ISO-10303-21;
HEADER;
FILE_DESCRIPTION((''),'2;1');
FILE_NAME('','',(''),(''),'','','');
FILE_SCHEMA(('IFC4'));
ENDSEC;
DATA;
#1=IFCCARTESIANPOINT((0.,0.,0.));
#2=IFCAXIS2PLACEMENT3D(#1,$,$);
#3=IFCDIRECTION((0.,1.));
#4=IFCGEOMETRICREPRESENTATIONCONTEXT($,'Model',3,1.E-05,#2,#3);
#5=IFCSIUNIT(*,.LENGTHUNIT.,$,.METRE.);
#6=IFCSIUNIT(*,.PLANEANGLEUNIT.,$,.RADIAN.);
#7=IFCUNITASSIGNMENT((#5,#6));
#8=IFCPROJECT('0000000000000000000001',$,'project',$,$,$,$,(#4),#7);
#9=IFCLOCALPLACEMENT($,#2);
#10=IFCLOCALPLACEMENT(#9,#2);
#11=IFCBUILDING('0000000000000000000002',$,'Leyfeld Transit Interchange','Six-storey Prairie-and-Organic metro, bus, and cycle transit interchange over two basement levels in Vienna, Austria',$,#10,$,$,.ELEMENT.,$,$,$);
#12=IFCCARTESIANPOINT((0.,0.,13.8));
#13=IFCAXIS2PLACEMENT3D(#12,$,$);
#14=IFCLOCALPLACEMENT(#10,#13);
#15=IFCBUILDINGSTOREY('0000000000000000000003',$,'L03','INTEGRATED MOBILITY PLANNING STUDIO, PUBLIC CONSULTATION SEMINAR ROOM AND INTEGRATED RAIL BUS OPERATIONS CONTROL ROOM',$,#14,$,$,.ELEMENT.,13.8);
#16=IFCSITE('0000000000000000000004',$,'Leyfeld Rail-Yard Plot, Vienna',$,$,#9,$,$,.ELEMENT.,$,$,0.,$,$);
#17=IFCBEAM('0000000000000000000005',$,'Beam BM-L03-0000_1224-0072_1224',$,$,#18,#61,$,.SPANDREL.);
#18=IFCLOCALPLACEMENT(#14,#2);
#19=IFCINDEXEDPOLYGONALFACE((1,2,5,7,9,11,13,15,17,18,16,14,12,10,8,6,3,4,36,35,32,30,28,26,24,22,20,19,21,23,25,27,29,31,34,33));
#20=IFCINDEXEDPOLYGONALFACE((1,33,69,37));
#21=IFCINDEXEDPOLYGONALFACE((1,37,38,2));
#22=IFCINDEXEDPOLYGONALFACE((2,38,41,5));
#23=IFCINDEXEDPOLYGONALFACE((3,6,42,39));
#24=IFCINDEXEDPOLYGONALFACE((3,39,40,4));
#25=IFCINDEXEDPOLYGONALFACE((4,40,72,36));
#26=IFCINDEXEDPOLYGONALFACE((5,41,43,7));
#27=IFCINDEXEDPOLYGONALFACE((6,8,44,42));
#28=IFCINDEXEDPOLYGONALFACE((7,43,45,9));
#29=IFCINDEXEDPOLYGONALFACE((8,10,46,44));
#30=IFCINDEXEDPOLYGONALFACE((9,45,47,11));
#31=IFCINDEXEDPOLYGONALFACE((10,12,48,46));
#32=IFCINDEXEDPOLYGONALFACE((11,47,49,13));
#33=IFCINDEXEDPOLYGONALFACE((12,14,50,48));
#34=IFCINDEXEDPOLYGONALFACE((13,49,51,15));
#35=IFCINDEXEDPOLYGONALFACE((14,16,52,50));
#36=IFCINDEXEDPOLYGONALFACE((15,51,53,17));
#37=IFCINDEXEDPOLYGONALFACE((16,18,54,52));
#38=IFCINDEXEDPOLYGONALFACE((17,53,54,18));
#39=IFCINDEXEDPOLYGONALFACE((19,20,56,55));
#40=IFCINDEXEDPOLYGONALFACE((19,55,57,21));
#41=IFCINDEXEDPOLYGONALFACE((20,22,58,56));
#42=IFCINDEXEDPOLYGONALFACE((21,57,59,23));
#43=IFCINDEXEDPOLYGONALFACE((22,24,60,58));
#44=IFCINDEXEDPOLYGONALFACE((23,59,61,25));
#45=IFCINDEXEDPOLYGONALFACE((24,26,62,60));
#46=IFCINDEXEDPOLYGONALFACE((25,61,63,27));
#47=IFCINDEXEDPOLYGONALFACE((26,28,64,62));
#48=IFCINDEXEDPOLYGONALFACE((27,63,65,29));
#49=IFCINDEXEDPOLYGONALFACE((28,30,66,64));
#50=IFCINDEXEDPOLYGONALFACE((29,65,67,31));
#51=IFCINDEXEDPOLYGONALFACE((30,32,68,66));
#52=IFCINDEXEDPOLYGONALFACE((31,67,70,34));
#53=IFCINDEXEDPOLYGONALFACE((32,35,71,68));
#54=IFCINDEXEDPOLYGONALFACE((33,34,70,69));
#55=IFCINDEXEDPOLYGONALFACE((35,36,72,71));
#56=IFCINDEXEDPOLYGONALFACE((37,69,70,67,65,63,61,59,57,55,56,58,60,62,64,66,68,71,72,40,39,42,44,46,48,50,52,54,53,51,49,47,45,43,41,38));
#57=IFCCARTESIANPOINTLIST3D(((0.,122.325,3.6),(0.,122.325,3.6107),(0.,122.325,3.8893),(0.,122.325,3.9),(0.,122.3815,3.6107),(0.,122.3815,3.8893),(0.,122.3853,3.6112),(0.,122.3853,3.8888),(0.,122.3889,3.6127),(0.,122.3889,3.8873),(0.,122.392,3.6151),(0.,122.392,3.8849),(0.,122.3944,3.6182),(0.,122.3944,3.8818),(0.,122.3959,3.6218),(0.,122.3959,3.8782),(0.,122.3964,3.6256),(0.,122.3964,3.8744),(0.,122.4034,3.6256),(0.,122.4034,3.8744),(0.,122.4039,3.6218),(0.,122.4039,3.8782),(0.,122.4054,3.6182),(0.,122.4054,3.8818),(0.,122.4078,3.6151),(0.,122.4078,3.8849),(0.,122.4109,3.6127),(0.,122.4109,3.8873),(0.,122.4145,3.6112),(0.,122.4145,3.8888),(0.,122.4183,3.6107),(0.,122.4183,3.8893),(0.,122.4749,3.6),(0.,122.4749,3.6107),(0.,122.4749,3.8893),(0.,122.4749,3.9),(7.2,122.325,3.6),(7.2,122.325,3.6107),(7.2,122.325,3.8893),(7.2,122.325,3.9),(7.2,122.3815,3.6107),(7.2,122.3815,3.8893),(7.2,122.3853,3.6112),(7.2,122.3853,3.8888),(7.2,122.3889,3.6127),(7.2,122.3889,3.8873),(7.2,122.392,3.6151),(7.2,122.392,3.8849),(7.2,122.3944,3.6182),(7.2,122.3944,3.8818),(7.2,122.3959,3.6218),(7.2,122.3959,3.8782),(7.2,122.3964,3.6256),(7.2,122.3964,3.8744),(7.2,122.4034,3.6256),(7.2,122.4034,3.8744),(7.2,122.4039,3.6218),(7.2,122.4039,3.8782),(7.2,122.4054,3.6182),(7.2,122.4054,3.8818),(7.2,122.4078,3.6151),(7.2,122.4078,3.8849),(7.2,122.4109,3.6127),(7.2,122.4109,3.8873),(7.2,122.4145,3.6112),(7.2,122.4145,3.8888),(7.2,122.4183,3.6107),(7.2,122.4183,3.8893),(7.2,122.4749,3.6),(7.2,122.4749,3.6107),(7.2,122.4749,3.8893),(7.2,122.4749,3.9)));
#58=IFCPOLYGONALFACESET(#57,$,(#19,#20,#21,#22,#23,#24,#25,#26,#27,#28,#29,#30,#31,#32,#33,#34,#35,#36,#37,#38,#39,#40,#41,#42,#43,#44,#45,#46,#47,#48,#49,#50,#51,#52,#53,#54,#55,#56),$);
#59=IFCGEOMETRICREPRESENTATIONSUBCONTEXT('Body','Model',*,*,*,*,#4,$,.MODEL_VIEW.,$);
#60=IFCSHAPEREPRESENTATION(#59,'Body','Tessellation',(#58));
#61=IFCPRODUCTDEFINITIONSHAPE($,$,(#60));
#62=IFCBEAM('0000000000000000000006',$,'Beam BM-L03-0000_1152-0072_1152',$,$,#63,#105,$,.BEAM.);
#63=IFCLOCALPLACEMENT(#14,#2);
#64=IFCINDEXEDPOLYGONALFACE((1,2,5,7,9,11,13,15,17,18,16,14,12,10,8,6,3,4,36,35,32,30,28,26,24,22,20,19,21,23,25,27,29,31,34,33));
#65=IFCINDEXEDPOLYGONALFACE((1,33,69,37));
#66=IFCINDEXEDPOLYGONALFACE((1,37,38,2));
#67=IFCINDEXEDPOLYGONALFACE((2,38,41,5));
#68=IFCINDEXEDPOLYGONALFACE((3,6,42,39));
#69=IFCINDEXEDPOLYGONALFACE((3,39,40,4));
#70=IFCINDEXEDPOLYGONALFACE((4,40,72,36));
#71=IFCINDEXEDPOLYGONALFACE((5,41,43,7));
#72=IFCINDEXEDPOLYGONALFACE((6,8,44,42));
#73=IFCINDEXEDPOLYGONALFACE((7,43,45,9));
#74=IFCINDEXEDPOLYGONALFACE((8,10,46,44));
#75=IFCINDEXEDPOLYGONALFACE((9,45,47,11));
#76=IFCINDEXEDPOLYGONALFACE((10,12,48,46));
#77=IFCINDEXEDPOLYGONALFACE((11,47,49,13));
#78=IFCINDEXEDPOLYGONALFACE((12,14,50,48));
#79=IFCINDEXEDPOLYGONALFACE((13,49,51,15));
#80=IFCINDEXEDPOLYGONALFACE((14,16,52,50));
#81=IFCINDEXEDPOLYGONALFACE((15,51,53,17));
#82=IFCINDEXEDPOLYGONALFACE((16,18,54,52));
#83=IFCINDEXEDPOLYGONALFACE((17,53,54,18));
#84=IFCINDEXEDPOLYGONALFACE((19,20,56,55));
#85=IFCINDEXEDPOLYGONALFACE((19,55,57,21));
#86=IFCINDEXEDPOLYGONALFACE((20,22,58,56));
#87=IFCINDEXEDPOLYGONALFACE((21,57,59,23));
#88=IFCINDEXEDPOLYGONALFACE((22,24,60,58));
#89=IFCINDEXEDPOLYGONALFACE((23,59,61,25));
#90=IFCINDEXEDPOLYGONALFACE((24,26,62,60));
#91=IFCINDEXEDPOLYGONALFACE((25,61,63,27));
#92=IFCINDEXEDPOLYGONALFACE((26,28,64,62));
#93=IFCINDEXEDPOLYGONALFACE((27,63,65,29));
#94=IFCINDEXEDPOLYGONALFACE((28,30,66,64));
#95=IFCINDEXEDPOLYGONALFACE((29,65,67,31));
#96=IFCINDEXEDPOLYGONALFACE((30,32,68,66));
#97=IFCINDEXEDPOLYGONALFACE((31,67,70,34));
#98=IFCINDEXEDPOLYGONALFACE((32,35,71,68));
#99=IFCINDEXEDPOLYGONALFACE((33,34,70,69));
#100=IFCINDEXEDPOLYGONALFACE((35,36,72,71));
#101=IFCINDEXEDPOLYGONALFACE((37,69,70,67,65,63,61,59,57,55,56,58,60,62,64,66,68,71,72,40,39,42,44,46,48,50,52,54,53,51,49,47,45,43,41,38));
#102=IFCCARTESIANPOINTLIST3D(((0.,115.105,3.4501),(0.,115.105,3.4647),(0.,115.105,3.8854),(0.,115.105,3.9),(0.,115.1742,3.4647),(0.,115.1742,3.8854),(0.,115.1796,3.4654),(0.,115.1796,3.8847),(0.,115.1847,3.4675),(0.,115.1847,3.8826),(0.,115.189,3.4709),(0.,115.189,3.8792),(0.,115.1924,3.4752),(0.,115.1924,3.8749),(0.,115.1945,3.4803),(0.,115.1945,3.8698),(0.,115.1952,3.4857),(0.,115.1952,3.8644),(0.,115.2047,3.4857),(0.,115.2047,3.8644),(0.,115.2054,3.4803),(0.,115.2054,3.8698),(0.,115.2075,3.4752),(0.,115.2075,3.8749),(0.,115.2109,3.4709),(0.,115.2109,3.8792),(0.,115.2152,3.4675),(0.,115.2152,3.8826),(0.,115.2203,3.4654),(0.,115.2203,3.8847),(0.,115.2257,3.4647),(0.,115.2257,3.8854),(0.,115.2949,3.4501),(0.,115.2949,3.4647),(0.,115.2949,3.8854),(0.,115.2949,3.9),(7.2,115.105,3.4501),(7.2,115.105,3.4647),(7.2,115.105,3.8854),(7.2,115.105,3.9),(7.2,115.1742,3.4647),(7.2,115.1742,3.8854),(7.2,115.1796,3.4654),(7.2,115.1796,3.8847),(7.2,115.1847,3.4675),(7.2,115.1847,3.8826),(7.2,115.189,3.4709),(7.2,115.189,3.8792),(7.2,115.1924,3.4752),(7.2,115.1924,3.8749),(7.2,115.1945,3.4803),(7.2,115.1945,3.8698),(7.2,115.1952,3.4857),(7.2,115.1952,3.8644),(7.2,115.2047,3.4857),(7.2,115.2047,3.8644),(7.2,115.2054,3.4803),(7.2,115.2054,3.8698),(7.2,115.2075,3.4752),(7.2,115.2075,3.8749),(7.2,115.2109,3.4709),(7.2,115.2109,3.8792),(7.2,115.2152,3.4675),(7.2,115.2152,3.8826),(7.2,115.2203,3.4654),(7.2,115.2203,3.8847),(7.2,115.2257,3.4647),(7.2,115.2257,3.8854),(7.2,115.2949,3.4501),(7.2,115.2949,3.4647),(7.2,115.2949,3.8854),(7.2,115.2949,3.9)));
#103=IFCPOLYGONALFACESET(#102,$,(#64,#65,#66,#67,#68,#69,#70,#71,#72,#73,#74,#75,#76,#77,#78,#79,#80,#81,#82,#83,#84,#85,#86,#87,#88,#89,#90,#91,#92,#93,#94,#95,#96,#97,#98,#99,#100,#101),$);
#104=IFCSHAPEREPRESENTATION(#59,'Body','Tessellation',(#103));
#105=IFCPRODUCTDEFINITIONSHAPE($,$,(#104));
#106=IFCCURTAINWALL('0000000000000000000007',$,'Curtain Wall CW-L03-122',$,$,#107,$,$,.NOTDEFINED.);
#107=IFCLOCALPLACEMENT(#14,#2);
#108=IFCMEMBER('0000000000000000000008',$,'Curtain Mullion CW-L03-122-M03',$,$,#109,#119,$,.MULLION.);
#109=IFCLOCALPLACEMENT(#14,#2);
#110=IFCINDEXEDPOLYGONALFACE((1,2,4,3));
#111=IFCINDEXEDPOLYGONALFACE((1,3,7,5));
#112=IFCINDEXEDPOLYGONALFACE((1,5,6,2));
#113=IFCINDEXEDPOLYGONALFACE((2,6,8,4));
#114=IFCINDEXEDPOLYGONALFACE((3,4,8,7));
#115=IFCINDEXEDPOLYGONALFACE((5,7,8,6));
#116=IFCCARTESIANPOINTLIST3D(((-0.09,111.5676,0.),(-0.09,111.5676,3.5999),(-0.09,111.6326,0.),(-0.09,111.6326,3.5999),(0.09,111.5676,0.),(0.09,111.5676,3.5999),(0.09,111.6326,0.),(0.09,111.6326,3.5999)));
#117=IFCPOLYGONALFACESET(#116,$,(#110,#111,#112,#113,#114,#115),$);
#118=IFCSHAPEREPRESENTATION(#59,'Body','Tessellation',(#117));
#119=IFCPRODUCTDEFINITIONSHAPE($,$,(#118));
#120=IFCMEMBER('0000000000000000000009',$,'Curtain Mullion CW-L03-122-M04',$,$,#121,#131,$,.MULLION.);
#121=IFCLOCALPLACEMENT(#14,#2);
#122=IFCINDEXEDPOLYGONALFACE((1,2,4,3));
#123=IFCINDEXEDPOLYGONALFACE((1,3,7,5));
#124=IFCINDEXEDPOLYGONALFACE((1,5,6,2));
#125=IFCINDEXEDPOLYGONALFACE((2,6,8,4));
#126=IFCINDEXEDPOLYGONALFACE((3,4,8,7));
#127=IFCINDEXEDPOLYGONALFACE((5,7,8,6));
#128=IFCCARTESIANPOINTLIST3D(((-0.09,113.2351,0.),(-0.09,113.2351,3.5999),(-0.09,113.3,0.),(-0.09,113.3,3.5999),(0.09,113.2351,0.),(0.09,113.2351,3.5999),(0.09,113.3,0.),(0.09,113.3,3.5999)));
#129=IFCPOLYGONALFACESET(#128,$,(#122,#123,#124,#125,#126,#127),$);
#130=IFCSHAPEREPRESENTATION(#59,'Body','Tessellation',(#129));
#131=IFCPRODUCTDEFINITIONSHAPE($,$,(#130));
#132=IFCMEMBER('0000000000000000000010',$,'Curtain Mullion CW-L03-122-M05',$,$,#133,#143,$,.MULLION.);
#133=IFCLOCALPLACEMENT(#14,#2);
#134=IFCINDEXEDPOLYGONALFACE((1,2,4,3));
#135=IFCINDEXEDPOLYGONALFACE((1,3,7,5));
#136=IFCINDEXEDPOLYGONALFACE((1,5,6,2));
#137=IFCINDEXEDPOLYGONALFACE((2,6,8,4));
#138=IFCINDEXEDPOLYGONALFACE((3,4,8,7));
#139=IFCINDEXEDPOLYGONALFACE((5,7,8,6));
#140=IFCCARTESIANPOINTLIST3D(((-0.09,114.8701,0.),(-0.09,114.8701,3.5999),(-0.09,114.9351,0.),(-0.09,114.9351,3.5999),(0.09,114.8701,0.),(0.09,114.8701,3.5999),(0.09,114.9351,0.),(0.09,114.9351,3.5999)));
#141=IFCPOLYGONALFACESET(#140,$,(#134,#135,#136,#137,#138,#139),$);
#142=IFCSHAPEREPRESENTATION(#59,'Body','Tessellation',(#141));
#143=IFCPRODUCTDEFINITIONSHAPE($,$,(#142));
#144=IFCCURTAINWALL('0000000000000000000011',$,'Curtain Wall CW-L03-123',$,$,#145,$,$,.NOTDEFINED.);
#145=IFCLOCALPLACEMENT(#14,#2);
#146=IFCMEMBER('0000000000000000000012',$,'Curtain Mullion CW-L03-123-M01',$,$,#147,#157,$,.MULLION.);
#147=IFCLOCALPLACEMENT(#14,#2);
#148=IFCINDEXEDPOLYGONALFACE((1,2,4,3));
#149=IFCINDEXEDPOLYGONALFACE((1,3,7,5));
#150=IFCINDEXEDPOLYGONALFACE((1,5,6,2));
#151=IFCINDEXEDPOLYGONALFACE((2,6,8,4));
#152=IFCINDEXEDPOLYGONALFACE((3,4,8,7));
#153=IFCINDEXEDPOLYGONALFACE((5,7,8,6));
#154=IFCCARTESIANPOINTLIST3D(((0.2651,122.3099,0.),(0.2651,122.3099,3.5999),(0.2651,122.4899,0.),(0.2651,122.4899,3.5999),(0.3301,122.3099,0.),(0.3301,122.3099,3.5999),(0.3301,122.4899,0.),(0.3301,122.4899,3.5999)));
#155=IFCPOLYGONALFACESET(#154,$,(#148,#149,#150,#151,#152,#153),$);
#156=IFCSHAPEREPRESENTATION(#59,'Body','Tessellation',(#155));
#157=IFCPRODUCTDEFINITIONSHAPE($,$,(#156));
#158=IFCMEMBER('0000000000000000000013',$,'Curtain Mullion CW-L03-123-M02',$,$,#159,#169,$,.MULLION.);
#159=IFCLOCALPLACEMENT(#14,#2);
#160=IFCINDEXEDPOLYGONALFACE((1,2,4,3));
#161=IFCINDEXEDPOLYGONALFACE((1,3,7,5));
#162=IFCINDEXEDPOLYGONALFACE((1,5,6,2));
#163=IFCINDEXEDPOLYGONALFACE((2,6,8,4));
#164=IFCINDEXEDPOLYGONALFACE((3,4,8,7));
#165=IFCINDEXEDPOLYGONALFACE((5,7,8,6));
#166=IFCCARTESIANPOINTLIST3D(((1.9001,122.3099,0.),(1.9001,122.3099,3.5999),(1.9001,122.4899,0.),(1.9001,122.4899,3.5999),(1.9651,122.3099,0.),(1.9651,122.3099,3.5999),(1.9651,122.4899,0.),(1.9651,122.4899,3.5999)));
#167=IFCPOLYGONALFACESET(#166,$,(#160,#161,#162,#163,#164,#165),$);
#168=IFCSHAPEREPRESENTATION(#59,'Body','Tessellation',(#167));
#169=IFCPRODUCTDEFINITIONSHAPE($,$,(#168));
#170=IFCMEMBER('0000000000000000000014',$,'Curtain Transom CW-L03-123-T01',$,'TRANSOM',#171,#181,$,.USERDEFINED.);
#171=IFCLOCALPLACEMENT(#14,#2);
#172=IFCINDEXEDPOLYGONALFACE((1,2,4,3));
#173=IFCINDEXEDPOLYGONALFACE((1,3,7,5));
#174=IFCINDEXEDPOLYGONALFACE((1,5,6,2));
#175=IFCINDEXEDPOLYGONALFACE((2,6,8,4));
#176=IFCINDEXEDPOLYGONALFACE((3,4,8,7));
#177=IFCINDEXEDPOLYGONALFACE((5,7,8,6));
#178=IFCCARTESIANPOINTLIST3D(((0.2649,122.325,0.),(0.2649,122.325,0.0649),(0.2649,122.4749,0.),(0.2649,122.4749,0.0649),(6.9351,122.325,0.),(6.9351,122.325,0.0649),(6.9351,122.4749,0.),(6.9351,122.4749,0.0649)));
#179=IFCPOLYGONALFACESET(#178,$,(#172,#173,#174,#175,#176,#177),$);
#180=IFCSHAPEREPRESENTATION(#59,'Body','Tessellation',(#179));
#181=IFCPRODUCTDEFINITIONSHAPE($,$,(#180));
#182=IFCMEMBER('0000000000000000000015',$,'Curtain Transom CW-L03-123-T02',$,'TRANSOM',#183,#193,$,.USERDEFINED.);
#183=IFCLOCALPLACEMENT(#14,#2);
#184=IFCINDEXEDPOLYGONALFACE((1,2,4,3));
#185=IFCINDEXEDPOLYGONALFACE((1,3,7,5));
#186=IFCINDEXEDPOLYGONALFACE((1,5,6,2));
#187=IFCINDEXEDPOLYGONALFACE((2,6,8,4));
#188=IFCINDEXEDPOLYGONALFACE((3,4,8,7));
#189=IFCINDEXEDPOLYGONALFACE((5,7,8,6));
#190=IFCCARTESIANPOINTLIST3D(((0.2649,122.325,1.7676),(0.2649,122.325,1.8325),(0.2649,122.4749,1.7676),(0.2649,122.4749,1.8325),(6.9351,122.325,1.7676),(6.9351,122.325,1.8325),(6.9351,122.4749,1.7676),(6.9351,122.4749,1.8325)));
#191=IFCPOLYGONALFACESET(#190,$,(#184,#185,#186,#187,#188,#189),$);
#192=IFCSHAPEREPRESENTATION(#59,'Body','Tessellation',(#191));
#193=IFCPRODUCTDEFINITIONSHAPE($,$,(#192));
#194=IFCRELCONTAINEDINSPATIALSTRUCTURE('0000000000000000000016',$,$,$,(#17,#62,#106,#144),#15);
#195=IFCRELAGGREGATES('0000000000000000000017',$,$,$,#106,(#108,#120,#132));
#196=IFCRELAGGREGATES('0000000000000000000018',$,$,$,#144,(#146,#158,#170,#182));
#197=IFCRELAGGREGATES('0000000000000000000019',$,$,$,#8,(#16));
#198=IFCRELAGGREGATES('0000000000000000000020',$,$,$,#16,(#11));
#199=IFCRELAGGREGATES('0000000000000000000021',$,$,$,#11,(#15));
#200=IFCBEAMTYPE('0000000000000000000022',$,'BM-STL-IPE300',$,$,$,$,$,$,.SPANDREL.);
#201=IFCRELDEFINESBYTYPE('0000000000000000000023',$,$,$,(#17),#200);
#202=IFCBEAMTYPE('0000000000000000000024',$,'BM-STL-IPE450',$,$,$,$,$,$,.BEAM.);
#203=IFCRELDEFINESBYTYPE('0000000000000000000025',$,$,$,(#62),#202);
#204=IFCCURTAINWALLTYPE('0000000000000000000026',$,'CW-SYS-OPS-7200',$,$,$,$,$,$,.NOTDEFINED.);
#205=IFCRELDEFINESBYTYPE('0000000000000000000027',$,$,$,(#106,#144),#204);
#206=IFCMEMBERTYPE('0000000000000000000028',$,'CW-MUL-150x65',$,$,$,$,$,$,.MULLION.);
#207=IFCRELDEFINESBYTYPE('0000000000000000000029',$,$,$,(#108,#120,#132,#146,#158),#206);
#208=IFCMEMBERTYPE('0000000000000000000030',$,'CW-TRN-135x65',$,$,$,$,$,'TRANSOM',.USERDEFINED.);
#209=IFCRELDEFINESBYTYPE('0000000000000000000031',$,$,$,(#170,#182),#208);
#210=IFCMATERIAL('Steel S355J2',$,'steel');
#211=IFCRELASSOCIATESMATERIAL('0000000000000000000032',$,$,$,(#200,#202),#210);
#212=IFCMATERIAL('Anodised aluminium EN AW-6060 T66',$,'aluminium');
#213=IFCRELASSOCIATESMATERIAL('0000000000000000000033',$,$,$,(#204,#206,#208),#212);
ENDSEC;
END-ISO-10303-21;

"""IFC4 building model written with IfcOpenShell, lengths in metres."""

from ifc_helpers import new_model, si_unit, direction, frame, origin, origin_2d, place, context, subcontext, project, spatial, rectangle, i_section, extrude, material, material_profile, profile_set, type_object, element, aggregate, save


model = new_model("IFC4")

# Units and contexts
model_context = context("Model", 3, precision=1e-05, world=origin(), true_north=direction((0.0, 1.0)))
body_context = subcontext(model_context, "Body", "Model", "MODEL_VIEW")
ifc_project = project(units=[si_unit("LENGTHUNIT", "METRE"), si_unit("PLANEANGLEUNIT", "RADIAN")], contexts=[model_context])

# Site, building, storey
site_placement = place(None, origin())
site = spatial("IfcSite", under=ifc_project, at=site_placement, Name="Leyfeld Rail-Yard Plot, Vienna", CompositionType="ELEMENT", RefElevation=0.0)
building_placement = place(site_placement, origin())
building = spatial("IfcBuilding", under=site, at=building_placement, Name="Leyfeld Transit Interchange", Description="Six-storey Prairie-and-Organic metro, bus, and cycle transit interchange over two basement levels in Vienna, Austria", CompositionType="ELEMENT")
storey_placement = place(building_placement, frame((0.0, 0.0, 13.8)))
storey = spatial("IfcBuildingStorey", under=building, at=storey_placement, Name="L03", Description="INTEGRATED MOBILITY PLANNING STUDIO, PUBLIC CONSULTATION SEMINAR ROOM AND INTEGRATED RAIL BUS OPERATIONS CONTROL ROOM", CompositionType="ELEMENT", Elevation=13.8)

# Beams
ifc_material_1 = material(Name="Steel S355J2", Category="steel")
ifc_material_profile_1 = material_profile(ifc_material_1, i_section(OverallWidth=0.1499, OverallDepth=0.3, WebThickness=0.0071, FlangeThickness=0.0107, FilletRadius=0.0149, at=origin_2d()), Name="IPE 300")
ifc_profile_set_1 = profile_set([ifc_material_profile_1], Name="Steel S355J2")
beam_type_1 = type_object("IfcBeamType", Name="BM-STL-IPE300", PredefinedType="SPANDREL", material=ifc_profile_set_1)
for number, where, z_axis, x_axis, name in (
    (1, (0.0, 122.3999, 3.75), (1.0, 0.0, 0.0), (0.0, 1.0, 0.0), "Beam BM-L03-0000_1224-0072_1224"),
):
    element("IfcBeam", number, at=place(storey_placement, frame(where, z_axis=z_axis, x_axis=x_axis)), inside=storey, type_object=beam_type_1, Name=name, PredefinedType="SPANDREL", context=body_context, shape_type="SweptSolid", body=[
        extrude(i_section(OverallWidth=0.1499, OverallDepth=0.3, WebThickness=0.0071, FlangeThickness=0.0107, FilletRadius=0.0149, at=origin_2d()), origin(), (0.0, 0.0, 1.0), 7.2),
    ])
ifc_material_profile_2 = material_profile(ifc_material_1, i_section(OverallWidth=0.1899, OverallDepth=0.45, WebThickness=0.0095, FlangeThickness=0.0146, FilletRadius=0.021, at=origin_2d()), Name="IPE 450")
ifc_profile_set_2 = profile_set([ifc_material_profile_2], Name="Steel S355J2")
beam_type_2 = type_object("IfcBeamType", Name="BM-STL-IPE450", PredefinedType="BEAM", material=ifc_profile_set_2)
beam_placement = place(storey_placement, frame((0.0, 115.2, 3.675), z_axis=(1.0, 0.0, 0.0), x_axis=(0.0, 1.0, 0.0)))
element("IfcBeam", 2, at=beam_placement, inside=storey, type_object=beam_type_2, Name="Beam BM-L03-0000_1152-0072_1152", PredefinedType="BEAM", context=body_context, shape_type="SweptSolid", body=[
    extrude(i_section(OverallWidth=0.1899, OverallDepth=0.45, WebThickness=0.0095, FlangeThickness=0.0146, FilletRadius=0.021, at=origin_2d()), origin(), (0.0, 0.0, 1.0), 7.2),
])

# Curtain walls, members
ifc_material_2 = material(Name="Anodised aluminium EN AW-6060 T66", Category="aluminium")
curtain_wall_type = type_object("IfcCurtainWallType", Name="CW-SYS-OPS-7200", PredefinedType="NOTDEFINED", material=ifc_material_2)
curtain_wall_1_placement = place(storey_placement, origin())
curtain_wall_1 = element("IfcCurtainWall", 3, at=curtain_wall_1_placement, inside=storey, type_object=curtain_wall_type, Name="Curtain Wall CW-L03-122", PredefinedType="NOTDEFINED")
ifc_material_profile_3 = material_profile(ifc_material_2, rectangle(XDim=0.0649, YDim=0.1799, at=origin_2d()), Name="CW-M 65x180")
ifc_profile_set_3 = profile_set([ifc_material_profile_3], Name="Anodised aluminium EN AW-6060 T66")
member_type_1 = type_object("IfcMemberType", Name="CW-MUL-150x65", PredefinedType="MULLION", material=ifc_profile_set_3)
member_1_placement = place(storey_placement, frame((0.0, 111.6001, 0.0), z_axis=(0.0, 0.0, 1.0), x_axis=(0.0, 1.0, 0.0)))
member_1 = element("IfcMember", 4, at=member_1_placement, type_object=member_type_1, Name="Curtain Mullion CW-L03-122-M03", PredefinedType="MULLION", context=body_context, shape_type="SweptSolid", body=[
    extrude(rectangle(XDim=0.0649, YDim=0.1799, at=origin_2d()), origin(), (0.0, 0.0, 1.0), 3.5999),
])
member_2_placement = place(storey_placement, frame((0.0, 113.2676, 0.0), z_axis=(0.0, 0.0, 1.0), x_axis=(0.0, 1.0, 0.0)))
member_2 = element("IfcMember", 5, at=member_2_placement, type_object=member_type_1, Name="Curtain Mullion CW-L03-122-M04", PredefinedType="MULLION", context=body_context, shape_type="SweptSolid", body=[
    extrude(rectangle(XDim=0.0649, YDim=0.1799, at=origin_2d()), origin(), (0.0, 0.0, 1.0), 3.5999),
])
member_3_placement = place(storey_placement, frame((0.0, 114.9026, 0.0), z_axis=(0.0, 0.0, 1.0), x_axis=(0.0, 1.0, 0.0)))
member_3 = element("IfcMember", 6, at=member_3_placement, type_object=member_type_1, Name="Curtain Mullion CW-L03-122-M05", PredefinedType="MULLION", context=body_context, shape_type="SweptSolid", body=[
    extrude(rectangle(XDim=0.0649, YDim=0.1799, at=origin_2d()), origin(), (0.0, 0.0, 1.0), 3.5999),
])
curtain_wall_2_placement = place(storey_placement, origin())
curtain_wall_2 = element("IfcCurtainWall", 7, at=curtain_wall_2_placement, inside=storey, type_object=curtain_wall_type, Name="Curtain Wall CW-L03-123", PredefinedType="NOTDEFINED")
member_4_placement = place(storey_placement, frame((0.2976, 122.3999, 0.0), z_axis=(0.0, 0.0, 1.0), x_axis=(1.0, 0.0, 0.0)))
member_4 = element("IfcMember", 8, at=member_4_placement, type_object=member_type_1, Name="Curtain Mullion CW-L03-123-M01", PredefinedType="MULLION", context=body_context, shape_type="SweptSolid", body=[
    extrude(rectangle(XDim=0.0649, YDim=0.1799, at=origin_2d()), origin(), (0.0, 0.0, 1.0), 3.5999),
])
member_5_placement = place(storey_placement, frame((1.9326, 122.3999, 0.0), z_axis=(0.0, 0.0, 1.0), x_axis=(1.0, 0.0, 0.0)))
member_5 = element("IfcMember", 9, at=member_5_placement, type_object=member_type_1, Name="Curtain Mullion CW-L03-123-M02", PredefinedType="MULLION", context=body_context, shape_type="SweptSolid", body=[
    extrude(rectangle(XDim=0.0649, YDim=0.1799, at=origin_2d()), origin(), (0.0, 0.0, 1.0), 3.5999),
])
ifc_material_profile_4 = material_profile(ifc_material_2, rectangle(XDim=0.1499, YDim=0.0649, at=origin_2d()), Name="CW-TRN-135x65")
ifc_profile_set_4 = profile_set([ifc_material_profile_4], Name="Anodised aluminium EN AW-6060 T66")
member_type_2 = type_object("IfcMemberType", Name="CW-TRN-135x65", ElementType="TRANSOM", PredefinedType="USERDEFINED", material=ifc_profile_set_4)
member_6_placement = place(storey_placement, frame((0.2649, 122.3999, 0.0325), z_axis=(1.0, 0.0, 0.0), x_axis=(0.0, 1.0, 0.0)))
member_6 = element("IfcMember", 10, at=member_6_placement, type_object=member_type_2, Name="Curtain Transom CW-L03-123-T01", ObjectType="TRANSOM", PredefinedType="USERDEFINED", context=body_context, shape_type="SweptSolid", body=[
    extrude(rectangle(XDim=0.1499, YDim=0.0649, at=origin_2d()), origin(), (0.0, 0.0, 1.0), 6.6702),
])
member_7_placement = place(storey_placement, frame((0.2649, 122.3999, 1.8), z_axis=(1.0, 0.0, 0.0), x_axis=(0.0, 1.0, 0.0)))
member_7 = element("IfcMember", 11, at=member_7_placement, type_object=member_type_2, Name="Curtain Transom CW-L03-123-T02", ObjectType="TRANSOM", PredefinedType="USERDEFINED", context=body_context, shape_type="SweptSolid", body=[
    extrude(rectangle(XDim=0.1499, YDim=0.0649, at=origin_2d()), origin(), (0.0, 0.0, 1.0), 6.6702),
])

aggregate(curtain_wall_1, [member_1, member_2, member_3])
aggregate(curtain_wall_2, [member_4, member_5, member_6, member_7])

save(model, "model.ifc")
